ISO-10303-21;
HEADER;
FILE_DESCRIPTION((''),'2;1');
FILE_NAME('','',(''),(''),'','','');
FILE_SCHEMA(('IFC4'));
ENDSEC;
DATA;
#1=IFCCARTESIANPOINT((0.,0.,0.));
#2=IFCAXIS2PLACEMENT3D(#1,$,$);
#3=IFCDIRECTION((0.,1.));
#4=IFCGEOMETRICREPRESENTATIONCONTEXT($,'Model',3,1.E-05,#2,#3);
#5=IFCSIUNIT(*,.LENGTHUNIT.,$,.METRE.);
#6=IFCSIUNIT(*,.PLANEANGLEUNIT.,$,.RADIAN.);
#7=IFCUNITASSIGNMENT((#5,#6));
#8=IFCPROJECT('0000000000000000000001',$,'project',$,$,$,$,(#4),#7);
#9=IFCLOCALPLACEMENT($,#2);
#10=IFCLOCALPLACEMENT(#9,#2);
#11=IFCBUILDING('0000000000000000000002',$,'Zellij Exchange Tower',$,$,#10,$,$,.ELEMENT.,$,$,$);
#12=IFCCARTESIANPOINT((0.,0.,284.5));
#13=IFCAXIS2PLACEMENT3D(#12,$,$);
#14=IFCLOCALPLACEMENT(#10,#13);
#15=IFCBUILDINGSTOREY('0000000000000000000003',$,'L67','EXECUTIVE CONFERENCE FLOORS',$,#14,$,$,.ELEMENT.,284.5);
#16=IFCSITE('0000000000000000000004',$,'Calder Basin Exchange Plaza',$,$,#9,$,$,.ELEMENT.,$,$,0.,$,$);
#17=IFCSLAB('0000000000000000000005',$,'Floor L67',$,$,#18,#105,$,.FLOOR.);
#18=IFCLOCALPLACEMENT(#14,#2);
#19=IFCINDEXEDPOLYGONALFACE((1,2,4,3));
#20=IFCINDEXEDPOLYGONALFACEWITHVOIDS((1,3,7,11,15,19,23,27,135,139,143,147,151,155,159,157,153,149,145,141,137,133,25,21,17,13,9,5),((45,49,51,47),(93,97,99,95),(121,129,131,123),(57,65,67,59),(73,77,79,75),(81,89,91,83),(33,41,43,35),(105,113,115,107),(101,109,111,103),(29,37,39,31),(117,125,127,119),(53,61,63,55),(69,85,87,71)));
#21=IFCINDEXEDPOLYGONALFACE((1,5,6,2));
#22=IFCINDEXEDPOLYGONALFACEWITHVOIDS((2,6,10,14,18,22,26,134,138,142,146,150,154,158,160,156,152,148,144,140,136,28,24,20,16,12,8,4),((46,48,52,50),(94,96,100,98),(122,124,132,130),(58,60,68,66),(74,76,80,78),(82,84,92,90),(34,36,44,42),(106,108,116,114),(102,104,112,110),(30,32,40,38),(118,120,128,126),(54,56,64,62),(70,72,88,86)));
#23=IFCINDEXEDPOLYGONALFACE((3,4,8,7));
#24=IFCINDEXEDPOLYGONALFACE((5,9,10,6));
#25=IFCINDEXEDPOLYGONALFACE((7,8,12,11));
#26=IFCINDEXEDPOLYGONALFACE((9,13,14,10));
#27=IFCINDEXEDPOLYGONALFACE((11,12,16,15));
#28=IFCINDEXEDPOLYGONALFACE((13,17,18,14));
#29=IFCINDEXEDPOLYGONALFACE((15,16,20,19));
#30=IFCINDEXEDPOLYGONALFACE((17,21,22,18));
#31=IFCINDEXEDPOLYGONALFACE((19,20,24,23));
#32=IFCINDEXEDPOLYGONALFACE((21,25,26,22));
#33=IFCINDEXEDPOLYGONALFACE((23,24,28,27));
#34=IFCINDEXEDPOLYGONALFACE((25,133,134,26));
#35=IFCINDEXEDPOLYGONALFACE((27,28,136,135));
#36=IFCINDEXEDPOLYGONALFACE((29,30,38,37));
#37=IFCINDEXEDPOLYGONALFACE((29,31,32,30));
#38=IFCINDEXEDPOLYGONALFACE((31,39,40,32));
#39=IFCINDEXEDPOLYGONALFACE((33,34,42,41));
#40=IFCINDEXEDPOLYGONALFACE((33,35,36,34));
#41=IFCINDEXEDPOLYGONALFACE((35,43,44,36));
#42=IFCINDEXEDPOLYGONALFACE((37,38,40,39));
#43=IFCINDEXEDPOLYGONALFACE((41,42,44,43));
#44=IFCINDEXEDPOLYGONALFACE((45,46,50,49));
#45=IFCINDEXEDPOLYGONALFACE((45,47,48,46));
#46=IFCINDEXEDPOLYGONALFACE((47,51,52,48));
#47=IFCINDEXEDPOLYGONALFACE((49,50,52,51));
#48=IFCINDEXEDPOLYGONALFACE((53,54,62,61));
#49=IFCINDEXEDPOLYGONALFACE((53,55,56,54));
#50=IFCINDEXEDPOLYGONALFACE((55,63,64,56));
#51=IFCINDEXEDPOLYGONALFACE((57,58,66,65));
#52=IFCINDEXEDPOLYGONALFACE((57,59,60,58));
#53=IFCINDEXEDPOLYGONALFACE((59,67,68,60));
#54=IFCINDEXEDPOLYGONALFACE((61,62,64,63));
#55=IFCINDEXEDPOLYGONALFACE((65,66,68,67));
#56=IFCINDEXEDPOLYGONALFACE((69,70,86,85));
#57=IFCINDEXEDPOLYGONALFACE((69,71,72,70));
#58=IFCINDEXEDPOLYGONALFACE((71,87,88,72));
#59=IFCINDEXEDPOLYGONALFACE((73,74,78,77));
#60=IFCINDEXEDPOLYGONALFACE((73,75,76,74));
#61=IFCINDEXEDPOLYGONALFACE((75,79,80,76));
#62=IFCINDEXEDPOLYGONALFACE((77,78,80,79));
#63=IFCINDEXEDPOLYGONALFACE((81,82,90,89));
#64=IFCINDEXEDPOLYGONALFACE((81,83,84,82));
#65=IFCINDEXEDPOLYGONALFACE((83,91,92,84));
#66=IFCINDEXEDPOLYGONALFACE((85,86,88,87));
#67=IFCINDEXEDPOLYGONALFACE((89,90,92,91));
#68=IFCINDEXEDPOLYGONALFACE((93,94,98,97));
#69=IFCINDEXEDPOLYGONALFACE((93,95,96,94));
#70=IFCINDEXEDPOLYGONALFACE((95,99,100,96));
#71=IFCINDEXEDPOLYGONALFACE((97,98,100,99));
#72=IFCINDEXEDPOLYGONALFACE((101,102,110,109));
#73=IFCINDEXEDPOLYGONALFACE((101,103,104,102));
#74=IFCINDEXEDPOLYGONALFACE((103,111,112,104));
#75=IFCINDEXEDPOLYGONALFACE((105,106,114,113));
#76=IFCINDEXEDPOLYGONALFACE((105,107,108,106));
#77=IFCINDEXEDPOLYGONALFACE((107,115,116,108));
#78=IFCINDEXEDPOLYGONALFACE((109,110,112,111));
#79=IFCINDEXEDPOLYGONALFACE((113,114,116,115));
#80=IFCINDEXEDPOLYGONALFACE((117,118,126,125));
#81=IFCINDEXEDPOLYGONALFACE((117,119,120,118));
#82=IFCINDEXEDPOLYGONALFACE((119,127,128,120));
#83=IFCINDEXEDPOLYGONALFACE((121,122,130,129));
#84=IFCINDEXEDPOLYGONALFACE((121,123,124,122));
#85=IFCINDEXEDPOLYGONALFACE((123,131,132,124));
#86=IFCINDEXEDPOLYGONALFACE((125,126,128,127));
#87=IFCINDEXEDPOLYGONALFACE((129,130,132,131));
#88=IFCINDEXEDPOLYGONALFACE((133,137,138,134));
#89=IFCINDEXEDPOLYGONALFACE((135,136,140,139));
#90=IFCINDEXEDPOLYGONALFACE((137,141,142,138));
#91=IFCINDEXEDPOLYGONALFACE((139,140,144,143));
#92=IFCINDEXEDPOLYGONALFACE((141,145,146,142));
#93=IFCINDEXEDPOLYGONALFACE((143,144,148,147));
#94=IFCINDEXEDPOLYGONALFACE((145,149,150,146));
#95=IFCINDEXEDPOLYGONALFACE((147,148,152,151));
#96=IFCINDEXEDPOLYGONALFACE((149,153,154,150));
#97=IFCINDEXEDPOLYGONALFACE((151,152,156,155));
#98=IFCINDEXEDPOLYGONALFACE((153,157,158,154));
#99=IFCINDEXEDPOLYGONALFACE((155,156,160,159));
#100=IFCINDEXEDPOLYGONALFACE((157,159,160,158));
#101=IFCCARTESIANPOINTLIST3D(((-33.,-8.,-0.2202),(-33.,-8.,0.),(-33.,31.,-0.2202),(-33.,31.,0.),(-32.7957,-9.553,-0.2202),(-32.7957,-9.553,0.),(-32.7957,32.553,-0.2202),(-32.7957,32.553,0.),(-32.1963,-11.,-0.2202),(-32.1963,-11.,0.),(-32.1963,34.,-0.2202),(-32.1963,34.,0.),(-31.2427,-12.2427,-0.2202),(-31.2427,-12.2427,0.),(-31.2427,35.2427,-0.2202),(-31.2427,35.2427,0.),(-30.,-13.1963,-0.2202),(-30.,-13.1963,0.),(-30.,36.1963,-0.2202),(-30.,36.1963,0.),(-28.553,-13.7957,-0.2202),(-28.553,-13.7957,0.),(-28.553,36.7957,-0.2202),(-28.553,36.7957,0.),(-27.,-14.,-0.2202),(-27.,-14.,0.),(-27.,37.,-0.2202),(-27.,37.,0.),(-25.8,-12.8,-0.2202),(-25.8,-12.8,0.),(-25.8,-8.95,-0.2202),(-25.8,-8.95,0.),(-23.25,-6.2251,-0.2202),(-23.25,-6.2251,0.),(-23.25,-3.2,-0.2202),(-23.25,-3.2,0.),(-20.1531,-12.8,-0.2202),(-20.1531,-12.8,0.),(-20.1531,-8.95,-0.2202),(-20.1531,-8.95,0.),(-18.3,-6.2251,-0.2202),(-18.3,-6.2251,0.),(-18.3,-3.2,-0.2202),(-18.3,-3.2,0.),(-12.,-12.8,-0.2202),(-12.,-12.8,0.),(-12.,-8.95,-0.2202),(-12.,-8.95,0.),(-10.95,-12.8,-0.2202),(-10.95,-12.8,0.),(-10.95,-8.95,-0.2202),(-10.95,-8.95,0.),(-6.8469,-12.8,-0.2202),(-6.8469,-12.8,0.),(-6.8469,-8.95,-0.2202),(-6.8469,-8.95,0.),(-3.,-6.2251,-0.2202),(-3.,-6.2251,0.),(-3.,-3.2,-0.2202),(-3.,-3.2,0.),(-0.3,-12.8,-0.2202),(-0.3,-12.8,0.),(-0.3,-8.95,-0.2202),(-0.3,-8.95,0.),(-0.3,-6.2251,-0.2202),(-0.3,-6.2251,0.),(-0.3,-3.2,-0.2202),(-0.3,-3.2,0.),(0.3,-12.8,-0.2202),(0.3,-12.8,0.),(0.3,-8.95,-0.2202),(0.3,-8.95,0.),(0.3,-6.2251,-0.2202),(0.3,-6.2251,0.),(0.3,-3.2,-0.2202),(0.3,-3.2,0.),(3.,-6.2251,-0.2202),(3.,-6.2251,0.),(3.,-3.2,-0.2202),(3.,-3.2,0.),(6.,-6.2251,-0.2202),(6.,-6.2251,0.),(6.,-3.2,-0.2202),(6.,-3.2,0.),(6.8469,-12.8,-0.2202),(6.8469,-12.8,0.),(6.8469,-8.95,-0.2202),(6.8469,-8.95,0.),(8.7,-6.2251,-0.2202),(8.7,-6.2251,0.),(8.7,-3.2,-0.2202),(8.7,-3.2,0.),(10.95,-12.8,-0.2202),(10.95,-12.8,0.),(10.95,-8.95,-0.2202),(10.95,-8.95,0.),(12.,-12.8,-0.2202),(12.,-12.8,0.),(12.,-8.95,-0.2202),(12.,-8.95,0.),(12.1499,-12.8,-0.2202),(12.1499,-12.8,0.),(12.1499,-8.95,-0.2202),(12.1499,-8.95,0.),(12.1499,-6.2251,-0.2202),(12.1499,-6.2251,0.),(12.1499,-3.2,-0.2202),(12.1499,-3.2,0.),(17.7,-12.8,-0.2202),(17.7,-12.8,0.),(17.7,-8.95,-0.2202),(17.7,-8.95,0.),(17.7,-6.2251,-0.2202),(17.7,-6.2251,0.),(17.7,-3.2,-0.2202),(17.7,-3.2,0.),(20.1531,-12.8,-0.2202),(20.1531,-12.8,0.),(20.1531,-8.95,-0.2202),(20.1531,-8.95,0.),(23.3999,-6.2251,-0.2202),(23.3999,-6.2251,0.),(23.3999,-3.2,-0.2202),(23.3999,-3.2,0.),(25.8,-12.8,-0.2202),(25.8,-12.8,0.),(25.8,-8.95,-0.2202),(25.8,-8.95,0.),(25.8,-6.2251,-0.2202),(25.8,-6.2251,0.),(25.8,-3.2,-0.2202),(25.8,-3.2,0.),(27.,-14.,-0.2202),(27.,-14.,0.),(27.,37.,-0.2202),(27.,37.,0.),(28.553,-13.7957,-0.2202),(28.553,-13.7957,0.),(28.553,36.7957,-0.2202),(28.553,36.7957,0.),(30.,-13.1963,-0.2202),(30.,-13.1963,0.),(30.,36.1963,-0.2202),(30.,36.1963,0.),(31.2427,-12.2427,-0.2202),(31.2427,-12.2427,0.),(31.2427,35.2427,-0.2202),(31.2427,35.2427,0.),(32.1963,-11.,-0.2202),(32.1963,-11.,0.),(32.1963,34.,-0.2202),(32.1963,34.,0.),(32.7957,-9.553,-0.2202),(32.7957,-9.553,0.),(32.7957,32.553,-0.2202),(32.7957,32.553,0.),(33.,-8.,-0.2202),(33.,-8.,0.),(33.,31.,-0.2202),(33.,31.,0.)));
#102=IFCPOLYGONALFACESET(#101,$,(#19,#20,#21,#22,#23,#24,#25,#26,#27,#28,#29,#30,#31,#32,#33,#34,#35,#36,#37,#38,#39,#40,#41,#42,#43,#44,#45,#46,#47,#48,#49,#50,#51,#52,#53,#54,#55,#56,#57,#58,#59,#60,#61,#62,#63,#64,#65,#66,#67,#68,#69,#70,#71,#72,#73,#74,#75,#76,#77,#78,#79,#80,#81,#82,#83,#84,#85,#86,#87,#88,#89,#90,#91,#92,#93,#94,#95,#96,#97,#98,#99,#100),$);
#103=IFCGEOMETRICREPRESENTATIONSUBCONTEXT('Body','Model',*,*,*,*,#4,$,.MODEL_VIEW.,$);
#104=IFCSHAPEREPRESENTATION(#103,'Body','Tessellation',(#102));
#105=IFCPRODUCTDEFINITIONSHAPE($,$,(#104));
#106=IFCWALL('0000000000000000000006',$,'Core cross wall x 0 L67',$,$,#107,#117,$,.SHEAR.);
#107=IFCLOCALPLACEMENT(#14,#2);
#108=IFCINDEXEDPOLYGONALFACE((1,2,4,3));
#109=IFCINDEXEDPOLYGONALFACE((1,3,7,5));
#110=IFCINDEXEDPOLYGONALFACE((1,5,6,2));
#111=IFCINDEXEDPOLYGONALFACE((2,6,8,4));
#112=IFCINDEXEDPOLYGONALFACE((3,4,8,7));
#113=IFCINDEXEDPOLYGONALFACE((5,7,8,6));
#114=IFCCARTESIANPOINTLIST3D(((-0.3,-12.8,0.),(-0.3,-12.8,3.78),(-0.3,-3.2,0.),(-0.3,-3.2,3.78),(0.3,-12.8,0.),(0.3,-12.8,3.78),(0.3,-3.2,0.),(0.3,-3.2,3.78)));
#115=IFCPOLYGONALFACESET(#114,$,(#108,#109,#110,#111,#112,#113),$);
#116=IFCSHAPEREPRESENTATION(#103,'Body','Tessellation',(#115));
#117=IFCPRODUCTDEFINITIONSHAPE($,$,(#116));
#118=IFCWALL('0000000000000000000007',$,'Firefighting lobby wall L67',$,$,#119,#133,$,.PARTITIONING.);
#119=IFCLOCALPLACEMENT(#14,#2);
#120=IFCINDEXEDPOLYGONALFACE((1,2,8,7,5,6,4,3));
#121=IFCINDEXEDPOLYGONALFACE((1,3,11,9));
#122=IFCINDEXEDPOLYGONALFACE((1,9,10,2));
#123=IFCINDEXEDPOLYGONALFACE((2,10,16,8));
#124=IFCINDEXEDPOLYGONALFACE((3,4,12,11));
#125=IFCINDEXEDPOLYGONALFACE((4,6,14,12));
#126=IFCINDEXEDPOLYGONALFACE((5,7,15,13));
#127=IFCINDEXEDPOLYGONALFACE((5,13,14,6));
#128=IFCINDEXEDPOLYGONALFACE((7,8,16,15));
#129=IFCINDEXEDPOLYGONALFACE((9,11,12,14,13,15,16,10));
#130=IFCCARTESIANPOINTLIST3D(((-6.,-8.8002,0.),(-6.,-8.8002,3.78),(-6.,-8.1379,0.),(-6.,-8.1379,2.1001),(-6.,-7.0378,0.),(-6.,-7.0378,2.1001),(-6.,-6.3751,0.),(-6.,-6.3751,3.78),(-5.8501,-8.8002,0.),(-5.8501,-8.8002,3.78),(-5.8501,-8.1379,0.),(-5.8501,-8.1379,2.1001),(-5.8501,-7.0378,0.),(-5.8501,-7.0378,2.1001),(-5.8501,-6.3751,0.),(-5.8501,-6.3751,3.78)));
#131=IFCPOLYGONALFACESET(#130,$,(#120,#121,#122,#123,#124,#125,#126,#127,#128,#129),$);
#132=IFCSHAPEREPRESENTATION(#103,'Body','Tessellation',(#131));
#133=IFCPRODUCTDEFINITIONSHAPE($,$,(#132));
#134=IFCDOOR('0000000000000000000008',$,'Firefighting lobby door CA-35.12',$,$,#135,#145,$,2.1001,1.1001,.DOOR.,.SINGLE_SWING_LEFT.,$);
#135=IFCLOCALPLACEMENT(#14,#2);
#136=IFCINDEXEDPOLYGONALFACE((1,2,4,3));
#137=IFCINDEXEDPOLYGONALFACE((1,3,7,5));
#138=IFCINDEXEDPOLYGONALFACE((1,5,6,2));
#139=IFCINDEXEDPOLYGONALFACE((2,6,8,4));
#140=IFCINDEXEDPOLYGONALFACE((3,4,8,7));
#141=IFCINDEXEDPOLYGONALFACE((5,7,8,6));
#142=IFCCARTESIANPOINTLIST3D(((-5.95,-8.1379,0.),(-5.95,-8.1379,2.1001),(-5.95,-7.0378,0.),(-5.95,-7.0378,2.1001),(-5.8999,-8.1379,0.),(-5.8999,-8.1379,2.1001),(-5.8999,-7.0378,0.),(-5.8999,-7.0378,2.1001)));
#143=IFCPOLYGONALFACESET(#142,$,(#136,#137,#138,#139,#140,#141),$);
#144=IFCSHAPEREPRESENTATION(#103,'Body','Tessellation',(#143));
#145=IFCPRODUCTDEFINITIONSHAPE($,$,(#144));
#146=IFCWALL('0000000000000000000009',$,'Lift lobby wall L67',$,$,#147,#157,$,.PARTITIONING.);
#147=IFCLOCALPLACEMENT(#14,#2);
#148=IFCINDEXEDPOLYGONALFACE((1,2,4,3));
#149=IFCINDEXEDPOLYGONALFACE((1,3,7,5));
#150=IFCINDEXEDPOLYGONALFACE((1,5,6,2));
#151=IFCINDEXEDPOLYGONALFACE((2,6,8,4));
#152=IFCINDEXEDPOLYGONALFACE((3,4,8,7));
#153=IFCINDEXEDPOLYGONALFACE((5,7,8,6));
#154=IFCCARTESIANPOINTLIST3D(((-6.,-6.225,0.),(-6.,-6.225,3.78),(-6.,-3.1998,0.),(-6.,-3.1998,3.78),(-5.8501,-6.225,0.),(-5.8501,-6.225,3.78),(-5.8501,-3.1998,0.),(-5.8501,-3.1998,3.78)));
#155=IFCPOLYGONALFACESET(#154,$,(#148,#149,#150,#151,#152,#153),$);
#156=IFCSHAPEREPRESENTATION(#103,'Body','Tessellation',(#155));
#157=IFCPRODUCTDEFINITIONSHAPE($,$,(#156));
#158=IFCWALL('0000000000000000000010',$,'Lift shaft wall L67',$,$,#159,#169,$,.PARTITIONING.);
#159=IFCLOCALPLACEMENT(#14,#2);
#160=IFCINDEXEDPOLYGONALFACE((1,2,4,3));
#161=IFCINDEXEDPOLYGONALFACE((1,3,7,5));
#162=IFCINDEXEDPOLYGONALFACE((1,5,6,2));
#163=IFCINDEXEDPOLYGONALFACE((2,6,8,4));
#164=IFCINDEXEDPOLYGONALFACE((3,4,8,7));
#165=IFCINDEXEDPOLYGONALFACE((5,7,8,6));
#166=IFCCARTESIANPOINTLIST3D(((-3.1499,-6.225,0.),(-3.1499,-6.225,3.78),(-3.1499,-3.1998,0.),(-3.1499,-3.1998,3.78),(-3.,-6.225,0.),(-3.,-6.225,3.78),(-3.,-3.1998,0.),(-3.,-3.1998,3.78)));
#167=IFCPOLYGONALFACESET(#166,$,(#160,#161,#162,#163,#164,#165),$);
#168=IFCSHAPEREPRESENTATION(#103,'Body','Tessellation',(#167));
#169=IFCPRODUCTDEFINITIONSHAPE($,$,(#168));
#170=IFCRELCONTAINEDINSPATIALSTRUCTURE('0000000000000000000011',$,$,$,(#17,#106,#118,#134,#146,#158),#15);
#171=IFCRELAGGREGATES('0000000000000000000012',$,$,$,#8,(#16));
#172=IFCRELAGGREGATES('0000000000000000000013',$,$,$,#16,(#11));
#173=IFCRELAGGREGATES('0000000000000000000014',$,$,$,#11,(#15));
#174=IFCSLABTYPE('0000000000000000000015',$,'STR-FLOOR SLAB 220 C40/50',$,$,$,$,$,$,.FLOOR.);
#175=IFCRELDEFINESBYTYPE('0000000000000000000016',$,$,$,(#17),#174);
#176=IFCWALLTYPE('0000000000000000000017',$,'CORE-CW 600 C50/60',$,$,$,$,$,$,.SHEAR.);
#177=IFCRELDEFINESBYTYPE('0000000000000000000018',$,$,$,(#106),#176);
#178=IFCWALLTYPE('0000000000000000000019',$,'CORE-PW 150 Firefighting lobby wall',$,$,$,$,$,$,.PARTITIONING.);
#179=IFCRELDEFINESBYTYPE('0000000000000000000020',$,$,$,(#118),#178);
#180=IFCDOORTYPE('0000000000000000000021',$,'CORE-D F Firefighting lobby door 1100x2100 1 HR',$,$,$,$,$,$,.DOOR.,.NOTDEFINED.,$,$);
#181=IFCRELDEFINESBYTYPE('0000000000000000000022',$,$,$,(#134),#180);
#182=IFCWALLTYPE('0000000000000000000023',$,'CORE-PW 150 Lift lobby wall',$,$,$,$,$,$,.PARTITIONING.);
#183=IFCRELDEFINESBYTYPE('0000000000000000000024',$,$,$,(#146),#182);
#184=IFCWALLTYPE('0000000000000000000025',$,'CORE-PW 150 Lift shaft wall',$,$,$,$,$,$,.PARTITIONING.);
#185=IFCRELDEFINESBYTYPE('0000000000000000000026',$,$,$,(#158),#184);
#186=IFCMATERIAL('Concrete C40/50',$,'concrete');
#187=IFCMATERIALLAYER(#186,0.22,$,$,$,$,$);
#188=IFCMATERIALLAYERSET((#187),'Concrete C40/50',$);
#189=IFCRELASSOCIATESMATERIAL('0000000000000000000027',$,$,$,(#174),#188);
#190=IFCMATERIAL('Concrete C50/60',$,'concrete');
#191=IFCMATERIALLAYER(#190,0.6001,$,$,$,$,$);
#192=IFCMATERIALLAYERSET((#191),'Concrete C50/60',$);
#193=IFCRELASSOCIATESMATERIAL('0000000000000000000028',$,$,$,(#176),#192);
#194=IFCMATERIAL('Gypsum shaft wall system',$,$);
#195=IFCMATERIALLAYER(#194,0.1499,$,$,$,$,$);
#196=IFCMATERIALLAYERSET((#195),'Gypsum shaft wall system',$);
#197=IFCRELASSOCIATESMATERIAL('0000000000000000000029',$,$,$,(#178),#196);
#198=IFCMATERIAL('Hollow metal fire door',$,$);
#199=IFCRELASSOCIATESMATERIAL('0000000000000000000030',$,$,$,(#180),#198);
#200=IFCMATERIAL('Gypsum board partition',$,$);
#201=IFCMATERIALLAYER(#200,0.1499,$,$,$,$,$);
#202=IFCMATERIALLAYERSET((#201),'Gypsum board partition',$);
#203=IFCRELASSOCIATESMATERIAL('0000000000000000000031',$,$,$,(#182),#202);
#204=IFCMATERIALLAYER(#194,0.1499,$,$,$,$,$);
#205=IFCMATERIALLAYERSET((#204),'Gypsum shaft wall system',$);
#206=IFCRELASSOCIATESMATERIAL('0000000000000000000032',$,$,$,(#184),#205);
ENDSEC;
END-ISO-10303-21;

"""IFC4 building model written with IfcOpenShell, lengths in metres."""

from ifc_helpers import new_model, si_unit, direction, frame, frame_2d, origin, place, context, subcontext, project, spatial, polyline, rectangle, outline, extrude, material, layer, layer_set, type_object, element, fill, save


model = new_model("IFC4")

# Units and contexts
model_context = context("Model", 3, precision=1e-05, world=origin(), true_north=direction((0.0, 1.0)))
body_context = subcontext(model_context, "Body", "Model", "MODEL_VIEW")
ifc_project = project(units=[si_unit("LENGTHUNIT", "METRE"), si_unit("PLANEANGLEUNIT", "RADIAN")], contexts=[model_context])

# Site, building, storey
site_placement = place(None, origin())
site = spatial("IfcSite", under=ifc_project, at=site_placement, Name="Calder Basin Exchange Plaza", CompositionType="ELEMENT", RefElevation=0.0)
building_placement = place(site_placement, origin())
building = spatial("IfcBuilding", under=site, at=building_placement, Name="Zellij Exchange Tower", CompositionType="ELEMENT")
storey_placement = place(building_placement, frame((0.0, 0.0, 284.5)))
storey = spatial("IfcBuildingStorey", under=building, at=storey_placement, Name="L67", Description="EXECUTIVE CONFERENCE FLOORS", CompositionType="ELEMENT", Elevation=284.5)

# Slab
ifc_material_1 = material(Name="Concrete C40/50", Category="concrete")
ifc_layer_1 = layer(ifc_material_1, 0.22)
ifc_layer_set_1 = layer_set([ifc_layer_1], Name="Concrete C40/50")
slab_type = type_object("IfcSlabType", Name="STR-FLOOR SLAB 220 C40/50", PredefinedType="FLOOR", material=ifc_layer_set_1)
slab_placement = place(storey_placement, frame((0.0, 0.0, -0.2202)))
element("IfcSlab", 1, at=slab_placement, inside=storey, type_object=slab_type, Name="Floor L67", PredefinedType="FLOOR", context=body_context, shape_type="SweptSolid", body=[
    extrude(outline(polyline([(-27.0, -14.0), (-28.553, -13.7957), (-30.0, -13.1963), (-31.2427, -12.2427), (-32.1963, -11.0), (-32.7957, -9.553), (-33.0, -8.0), (-33.0, 31.0), (-32.7957, 32.553), (-32.1963, 34.0), (-31.2427, 35.2427), (-30.0, 36.1963), (-28.553, 36.7957), (-27.0, 37.0), (27.0, 37.0), (28.553, 36.7957), (30.0, 36.1963), (31.2427, 35.2427), (32.1963, 34.0), (32.7957, 32.553), (33.0, 31.0), (33.0, -8.0), (32.7957, -9.553), (32.1963, -11.0), (31.2427, -12.2427), (30.0, -13.1963), (28.553, -13.7957), (27.0, -14.0), (-27.0, -14.0)]), holes=[polyline([(-25.8, -8.95), (-25.8, -12.8), (-20.1531, -12.8), (-20.1531, -8.95), (-25.8, -8.95)]), polyline([(-10.95, -8.95), (-12.0, -8.95), (-12.0, -12.8), (-10.95, -12.8), (-10.95, -8.95)]), polyline([(-0.3, -8.95), (-6.8469, -8.95), (-6.8469, -12.8), (-0.3, -12.8), (-0.3, -8.95)]), polyline([(0.3, -8.95), (0.3, -12.8), (6.8469, -12.8), (6.8469, -8.95), (0.3, -8.95)]), polyline([(-18.3, -3.2), (-23.25, -3.2), (-23.25, -6.2251), (-18.3, -6.2251), (-18.3, -3.2)]), polyline([(-0.3, -3.2), (-3.0, -3.2), (-3.0, -6.2251), (-0.3, -6.2251), (-0.3, -3.2)]), polyline([(0.3, -3.2), (0.3, -6.2251), (3.0, -6.2251), (3.0, -3.2), (0.3, -3.2)]), polyline([(12.0, -8.95), (10.95, -8.95), (10.95, -12.8), (12.0, -12.8), (12.0, -8.95)]), polyline([(17.7, -8.95), (12.1499, -8.95), (12.1499, -12.8), (17.7, -12.8), (17.7, -8.95)]), polyline([(25.8, -8.95), (20.1531, -8.95), (20.1531, -12.8), (25.8, -12.8), (25.8, -8.95)]), polyline([(8.7, -3.2), (6.0, -3.2), (6.0, -6.2251), (8.7, -6.2251), (8.7, -3.2)]), polyline([(17.7, -3.2), (12.1499, -3.2), (12.1499, -6.2251), (17.7, -6.2251), (17.7, -3.2)]), polyline([(25.8, -3.2), (23.3999, -3.2), (23.3999, -6.2251), (25.8, -6.2251), (25.8, -3.2)])]), origin(), (0.0, 0.0, 1.0), 0.2202),
])

# Wall
ifc_material_2 = material(Name="Concrete C50/60", Category="concrete")
ifc_layer_2 = layer(ifc_material_2, 0.6001)
ifc_layer_set_2 = layer_set([ifc_layer_2], Name="Concrete C50/60")
wall_type_1 = type_object("IfcWallType", Name="CORE-CW 600 C50/60", PredefinedType="SHEAR", material=ifc_layer_set_2)
wall_1_placement = place(storey_placement, frame((0.0, -12.8, 0.0), z_axis=(0.0, 0.0, 1.0), x_axis=(0.0, 1.0, 0.0)))
element("IfcWall", 2, at=wall_1_placement, inside=storey, type_object=wall_type_1, Name="Core cross wall x 0 L67", PredefinedType="SHEAR", context=body_context, shape_type="SweptSolid", body=[
    extrude(rectangle(XDim=9.6001, YDim=0.6001, at=frame_2d((4.8, 0.0))), origin(), (0.0, 0.0, 1.0), 3.78),
])

# Wall, opening, door
ifc_material_3 = material(Name="Gypsum shaft wall system")
ifc_layer_3 = layer(ifc_material_3, 0.1499)
ifc_layer_set_3 = layer_set([ifc_layer_3], Name="Gypsum shaft wall system")
wall_type_2 = type_object("IfcWallType", Name="CORE-PW 150 Firefighting lobby wall", PredefinedType="PARTITIONING", material=ifc_layer_set_3)
wall_2_placement = place(storey_placement, frame((-5.925, -8.8, 0.0), z_axis=(0.0, 0.0, 1.0), x_axis=(0.0, 1.0, 0.0)))
wall_2 = element("IfcWall", 3, at=wall_2_placement, inside=storey, type_object=wall_type_2, Name="Firefighting lobby wall L67", PredefinedType="PARTITIONING", context=body_context, shape_type="SweptSolid", body=[
    extrude(rectangle(XDim=2.425, YDim=0.1499, at=frame_2d((1.2124, 0.0))), origin(), (0.0, 0.0, 1.0), 3.78),
])
opening_1_placement = place(wall_2_placement, frame((0.6621, 0.0, 0.0)))
opening_1 = element("IfcOpeningElement", 4, at=opening_1_placement, cuts=wall_2, PredefinedType="OPENING", context=body_context, shape_type="SweptSolid", body=[
    extrude(rectangle(XDim=1.1001, YDim=2.1001, at=frame_2d((0.55, 1.05))), frame((0.0, 0.0869, 0.0), z_axis=(0.0, -1.0, 0.0), x_axis=(1.0, 0.0, 0.0)), (0.0, 0.0, 1.0), 0.1738),
])
ifc_material_4 = material(Name="Hollow metal fire door")
door_type_1 = type_object("IfcDoorType", Name="CORE-D F Firefighting lobby door 1100x2100 1 HR", OperationType="NOTDEFINED", PredefinedType="DOOR", material=ifc_material_4)
door_1_placement = place(opening_1_placement, origin())
door_1 = element("IfcDoor", 5, at=door_1_placement, inside=storey, type_object=door_type_1, Name="Firefighting lobby door CA-35.12", OperationType="SINGLE_SWING_LEFT", OverallHeight=2.1001, OverallWidth=1.1001, PredefinedType="DOOR", context=body_context, shape_type="SweptSolid", body=[
    extrude(rectangle(XDim=1.1001, YDim=2.1001, at=frame_2d((0.55, 1.05))), frame((0.0, 0.0249, 0.0), z_axis=(0.0, -1.0, 0.0), x_axis=(1.0, 0.0, 0.0)), (0.0, 0.0, 1.0), 0.05),
])
fill(opening_1, door_1)

# Walls
ifc_material_5 = material(Name="Gypsum board partition")
ifc_layer_4 = layer(ifc_material_5, 0.1499)
ifc_layer_set_4 = layer_set([ifc_layer_4], Name="Gypsum board partition")
wall_type_3 = type_object("IfcWallType", Name="CORE-PW 150 Lift lobby wall", PredefinedType="PARTITIONING", material=ifc_layer_set_4)
wall_3_placement = place(storey_placement, frame((-5.925, -6.2251, 0.0), z_axis=(0.0, 0.0, 1.0), x_axis=(0.0, 1.0, 0.0)))
element("IfcWall", 6, at=wall_3_placement, inside=storey, type_object=wall_type_3, Name="Lift lobby wall L67", PredefinedType="PARTITIONING", context=body_context, shape_type="SweptSolid", body=[
    extrude(rectangle(XDim=3.0251, YDim=0.1499, at=frame_2d((1.5127, 0.0))), origin(), (0.0, 0.0, 1.0), 3.78),
])
ifc_layer_5 = layer(ifc_material_3, 0.1499)
ifc_layer_set_5 = layer_set([ifc_layer_5], Name="Gypsum shaft wall system")
wall_type_4 = type_object("IfcWallType", Name="CORE-PW 150 Lift shaft wall", PredefinedType="PARTITIONING", material=ifc_layer_set_5)
wall_4_placement = place(storey_placement, frame((-3.075, -6.2251, 0.0), z_axis=(0.0, 0.0, 1.0), x_axis=(0.0, 1.0, 0.0)))
element("IfcWall", 7, at=wall_4_placement, inside=storey, type_object=wall_type_4, Name="Lift shaft wall L67", PredefinedType="PARTITIONING", context=body_context, shape_type="SweptSolid", body=[
    extrude(rectangle(XDim=3.0251, YDim=0.1499, at=frame_2d((1.5127, 0.0))), origin(), (0.0, 0.0, 1.0), 3.78),
])

save(model, "model.ifc")
